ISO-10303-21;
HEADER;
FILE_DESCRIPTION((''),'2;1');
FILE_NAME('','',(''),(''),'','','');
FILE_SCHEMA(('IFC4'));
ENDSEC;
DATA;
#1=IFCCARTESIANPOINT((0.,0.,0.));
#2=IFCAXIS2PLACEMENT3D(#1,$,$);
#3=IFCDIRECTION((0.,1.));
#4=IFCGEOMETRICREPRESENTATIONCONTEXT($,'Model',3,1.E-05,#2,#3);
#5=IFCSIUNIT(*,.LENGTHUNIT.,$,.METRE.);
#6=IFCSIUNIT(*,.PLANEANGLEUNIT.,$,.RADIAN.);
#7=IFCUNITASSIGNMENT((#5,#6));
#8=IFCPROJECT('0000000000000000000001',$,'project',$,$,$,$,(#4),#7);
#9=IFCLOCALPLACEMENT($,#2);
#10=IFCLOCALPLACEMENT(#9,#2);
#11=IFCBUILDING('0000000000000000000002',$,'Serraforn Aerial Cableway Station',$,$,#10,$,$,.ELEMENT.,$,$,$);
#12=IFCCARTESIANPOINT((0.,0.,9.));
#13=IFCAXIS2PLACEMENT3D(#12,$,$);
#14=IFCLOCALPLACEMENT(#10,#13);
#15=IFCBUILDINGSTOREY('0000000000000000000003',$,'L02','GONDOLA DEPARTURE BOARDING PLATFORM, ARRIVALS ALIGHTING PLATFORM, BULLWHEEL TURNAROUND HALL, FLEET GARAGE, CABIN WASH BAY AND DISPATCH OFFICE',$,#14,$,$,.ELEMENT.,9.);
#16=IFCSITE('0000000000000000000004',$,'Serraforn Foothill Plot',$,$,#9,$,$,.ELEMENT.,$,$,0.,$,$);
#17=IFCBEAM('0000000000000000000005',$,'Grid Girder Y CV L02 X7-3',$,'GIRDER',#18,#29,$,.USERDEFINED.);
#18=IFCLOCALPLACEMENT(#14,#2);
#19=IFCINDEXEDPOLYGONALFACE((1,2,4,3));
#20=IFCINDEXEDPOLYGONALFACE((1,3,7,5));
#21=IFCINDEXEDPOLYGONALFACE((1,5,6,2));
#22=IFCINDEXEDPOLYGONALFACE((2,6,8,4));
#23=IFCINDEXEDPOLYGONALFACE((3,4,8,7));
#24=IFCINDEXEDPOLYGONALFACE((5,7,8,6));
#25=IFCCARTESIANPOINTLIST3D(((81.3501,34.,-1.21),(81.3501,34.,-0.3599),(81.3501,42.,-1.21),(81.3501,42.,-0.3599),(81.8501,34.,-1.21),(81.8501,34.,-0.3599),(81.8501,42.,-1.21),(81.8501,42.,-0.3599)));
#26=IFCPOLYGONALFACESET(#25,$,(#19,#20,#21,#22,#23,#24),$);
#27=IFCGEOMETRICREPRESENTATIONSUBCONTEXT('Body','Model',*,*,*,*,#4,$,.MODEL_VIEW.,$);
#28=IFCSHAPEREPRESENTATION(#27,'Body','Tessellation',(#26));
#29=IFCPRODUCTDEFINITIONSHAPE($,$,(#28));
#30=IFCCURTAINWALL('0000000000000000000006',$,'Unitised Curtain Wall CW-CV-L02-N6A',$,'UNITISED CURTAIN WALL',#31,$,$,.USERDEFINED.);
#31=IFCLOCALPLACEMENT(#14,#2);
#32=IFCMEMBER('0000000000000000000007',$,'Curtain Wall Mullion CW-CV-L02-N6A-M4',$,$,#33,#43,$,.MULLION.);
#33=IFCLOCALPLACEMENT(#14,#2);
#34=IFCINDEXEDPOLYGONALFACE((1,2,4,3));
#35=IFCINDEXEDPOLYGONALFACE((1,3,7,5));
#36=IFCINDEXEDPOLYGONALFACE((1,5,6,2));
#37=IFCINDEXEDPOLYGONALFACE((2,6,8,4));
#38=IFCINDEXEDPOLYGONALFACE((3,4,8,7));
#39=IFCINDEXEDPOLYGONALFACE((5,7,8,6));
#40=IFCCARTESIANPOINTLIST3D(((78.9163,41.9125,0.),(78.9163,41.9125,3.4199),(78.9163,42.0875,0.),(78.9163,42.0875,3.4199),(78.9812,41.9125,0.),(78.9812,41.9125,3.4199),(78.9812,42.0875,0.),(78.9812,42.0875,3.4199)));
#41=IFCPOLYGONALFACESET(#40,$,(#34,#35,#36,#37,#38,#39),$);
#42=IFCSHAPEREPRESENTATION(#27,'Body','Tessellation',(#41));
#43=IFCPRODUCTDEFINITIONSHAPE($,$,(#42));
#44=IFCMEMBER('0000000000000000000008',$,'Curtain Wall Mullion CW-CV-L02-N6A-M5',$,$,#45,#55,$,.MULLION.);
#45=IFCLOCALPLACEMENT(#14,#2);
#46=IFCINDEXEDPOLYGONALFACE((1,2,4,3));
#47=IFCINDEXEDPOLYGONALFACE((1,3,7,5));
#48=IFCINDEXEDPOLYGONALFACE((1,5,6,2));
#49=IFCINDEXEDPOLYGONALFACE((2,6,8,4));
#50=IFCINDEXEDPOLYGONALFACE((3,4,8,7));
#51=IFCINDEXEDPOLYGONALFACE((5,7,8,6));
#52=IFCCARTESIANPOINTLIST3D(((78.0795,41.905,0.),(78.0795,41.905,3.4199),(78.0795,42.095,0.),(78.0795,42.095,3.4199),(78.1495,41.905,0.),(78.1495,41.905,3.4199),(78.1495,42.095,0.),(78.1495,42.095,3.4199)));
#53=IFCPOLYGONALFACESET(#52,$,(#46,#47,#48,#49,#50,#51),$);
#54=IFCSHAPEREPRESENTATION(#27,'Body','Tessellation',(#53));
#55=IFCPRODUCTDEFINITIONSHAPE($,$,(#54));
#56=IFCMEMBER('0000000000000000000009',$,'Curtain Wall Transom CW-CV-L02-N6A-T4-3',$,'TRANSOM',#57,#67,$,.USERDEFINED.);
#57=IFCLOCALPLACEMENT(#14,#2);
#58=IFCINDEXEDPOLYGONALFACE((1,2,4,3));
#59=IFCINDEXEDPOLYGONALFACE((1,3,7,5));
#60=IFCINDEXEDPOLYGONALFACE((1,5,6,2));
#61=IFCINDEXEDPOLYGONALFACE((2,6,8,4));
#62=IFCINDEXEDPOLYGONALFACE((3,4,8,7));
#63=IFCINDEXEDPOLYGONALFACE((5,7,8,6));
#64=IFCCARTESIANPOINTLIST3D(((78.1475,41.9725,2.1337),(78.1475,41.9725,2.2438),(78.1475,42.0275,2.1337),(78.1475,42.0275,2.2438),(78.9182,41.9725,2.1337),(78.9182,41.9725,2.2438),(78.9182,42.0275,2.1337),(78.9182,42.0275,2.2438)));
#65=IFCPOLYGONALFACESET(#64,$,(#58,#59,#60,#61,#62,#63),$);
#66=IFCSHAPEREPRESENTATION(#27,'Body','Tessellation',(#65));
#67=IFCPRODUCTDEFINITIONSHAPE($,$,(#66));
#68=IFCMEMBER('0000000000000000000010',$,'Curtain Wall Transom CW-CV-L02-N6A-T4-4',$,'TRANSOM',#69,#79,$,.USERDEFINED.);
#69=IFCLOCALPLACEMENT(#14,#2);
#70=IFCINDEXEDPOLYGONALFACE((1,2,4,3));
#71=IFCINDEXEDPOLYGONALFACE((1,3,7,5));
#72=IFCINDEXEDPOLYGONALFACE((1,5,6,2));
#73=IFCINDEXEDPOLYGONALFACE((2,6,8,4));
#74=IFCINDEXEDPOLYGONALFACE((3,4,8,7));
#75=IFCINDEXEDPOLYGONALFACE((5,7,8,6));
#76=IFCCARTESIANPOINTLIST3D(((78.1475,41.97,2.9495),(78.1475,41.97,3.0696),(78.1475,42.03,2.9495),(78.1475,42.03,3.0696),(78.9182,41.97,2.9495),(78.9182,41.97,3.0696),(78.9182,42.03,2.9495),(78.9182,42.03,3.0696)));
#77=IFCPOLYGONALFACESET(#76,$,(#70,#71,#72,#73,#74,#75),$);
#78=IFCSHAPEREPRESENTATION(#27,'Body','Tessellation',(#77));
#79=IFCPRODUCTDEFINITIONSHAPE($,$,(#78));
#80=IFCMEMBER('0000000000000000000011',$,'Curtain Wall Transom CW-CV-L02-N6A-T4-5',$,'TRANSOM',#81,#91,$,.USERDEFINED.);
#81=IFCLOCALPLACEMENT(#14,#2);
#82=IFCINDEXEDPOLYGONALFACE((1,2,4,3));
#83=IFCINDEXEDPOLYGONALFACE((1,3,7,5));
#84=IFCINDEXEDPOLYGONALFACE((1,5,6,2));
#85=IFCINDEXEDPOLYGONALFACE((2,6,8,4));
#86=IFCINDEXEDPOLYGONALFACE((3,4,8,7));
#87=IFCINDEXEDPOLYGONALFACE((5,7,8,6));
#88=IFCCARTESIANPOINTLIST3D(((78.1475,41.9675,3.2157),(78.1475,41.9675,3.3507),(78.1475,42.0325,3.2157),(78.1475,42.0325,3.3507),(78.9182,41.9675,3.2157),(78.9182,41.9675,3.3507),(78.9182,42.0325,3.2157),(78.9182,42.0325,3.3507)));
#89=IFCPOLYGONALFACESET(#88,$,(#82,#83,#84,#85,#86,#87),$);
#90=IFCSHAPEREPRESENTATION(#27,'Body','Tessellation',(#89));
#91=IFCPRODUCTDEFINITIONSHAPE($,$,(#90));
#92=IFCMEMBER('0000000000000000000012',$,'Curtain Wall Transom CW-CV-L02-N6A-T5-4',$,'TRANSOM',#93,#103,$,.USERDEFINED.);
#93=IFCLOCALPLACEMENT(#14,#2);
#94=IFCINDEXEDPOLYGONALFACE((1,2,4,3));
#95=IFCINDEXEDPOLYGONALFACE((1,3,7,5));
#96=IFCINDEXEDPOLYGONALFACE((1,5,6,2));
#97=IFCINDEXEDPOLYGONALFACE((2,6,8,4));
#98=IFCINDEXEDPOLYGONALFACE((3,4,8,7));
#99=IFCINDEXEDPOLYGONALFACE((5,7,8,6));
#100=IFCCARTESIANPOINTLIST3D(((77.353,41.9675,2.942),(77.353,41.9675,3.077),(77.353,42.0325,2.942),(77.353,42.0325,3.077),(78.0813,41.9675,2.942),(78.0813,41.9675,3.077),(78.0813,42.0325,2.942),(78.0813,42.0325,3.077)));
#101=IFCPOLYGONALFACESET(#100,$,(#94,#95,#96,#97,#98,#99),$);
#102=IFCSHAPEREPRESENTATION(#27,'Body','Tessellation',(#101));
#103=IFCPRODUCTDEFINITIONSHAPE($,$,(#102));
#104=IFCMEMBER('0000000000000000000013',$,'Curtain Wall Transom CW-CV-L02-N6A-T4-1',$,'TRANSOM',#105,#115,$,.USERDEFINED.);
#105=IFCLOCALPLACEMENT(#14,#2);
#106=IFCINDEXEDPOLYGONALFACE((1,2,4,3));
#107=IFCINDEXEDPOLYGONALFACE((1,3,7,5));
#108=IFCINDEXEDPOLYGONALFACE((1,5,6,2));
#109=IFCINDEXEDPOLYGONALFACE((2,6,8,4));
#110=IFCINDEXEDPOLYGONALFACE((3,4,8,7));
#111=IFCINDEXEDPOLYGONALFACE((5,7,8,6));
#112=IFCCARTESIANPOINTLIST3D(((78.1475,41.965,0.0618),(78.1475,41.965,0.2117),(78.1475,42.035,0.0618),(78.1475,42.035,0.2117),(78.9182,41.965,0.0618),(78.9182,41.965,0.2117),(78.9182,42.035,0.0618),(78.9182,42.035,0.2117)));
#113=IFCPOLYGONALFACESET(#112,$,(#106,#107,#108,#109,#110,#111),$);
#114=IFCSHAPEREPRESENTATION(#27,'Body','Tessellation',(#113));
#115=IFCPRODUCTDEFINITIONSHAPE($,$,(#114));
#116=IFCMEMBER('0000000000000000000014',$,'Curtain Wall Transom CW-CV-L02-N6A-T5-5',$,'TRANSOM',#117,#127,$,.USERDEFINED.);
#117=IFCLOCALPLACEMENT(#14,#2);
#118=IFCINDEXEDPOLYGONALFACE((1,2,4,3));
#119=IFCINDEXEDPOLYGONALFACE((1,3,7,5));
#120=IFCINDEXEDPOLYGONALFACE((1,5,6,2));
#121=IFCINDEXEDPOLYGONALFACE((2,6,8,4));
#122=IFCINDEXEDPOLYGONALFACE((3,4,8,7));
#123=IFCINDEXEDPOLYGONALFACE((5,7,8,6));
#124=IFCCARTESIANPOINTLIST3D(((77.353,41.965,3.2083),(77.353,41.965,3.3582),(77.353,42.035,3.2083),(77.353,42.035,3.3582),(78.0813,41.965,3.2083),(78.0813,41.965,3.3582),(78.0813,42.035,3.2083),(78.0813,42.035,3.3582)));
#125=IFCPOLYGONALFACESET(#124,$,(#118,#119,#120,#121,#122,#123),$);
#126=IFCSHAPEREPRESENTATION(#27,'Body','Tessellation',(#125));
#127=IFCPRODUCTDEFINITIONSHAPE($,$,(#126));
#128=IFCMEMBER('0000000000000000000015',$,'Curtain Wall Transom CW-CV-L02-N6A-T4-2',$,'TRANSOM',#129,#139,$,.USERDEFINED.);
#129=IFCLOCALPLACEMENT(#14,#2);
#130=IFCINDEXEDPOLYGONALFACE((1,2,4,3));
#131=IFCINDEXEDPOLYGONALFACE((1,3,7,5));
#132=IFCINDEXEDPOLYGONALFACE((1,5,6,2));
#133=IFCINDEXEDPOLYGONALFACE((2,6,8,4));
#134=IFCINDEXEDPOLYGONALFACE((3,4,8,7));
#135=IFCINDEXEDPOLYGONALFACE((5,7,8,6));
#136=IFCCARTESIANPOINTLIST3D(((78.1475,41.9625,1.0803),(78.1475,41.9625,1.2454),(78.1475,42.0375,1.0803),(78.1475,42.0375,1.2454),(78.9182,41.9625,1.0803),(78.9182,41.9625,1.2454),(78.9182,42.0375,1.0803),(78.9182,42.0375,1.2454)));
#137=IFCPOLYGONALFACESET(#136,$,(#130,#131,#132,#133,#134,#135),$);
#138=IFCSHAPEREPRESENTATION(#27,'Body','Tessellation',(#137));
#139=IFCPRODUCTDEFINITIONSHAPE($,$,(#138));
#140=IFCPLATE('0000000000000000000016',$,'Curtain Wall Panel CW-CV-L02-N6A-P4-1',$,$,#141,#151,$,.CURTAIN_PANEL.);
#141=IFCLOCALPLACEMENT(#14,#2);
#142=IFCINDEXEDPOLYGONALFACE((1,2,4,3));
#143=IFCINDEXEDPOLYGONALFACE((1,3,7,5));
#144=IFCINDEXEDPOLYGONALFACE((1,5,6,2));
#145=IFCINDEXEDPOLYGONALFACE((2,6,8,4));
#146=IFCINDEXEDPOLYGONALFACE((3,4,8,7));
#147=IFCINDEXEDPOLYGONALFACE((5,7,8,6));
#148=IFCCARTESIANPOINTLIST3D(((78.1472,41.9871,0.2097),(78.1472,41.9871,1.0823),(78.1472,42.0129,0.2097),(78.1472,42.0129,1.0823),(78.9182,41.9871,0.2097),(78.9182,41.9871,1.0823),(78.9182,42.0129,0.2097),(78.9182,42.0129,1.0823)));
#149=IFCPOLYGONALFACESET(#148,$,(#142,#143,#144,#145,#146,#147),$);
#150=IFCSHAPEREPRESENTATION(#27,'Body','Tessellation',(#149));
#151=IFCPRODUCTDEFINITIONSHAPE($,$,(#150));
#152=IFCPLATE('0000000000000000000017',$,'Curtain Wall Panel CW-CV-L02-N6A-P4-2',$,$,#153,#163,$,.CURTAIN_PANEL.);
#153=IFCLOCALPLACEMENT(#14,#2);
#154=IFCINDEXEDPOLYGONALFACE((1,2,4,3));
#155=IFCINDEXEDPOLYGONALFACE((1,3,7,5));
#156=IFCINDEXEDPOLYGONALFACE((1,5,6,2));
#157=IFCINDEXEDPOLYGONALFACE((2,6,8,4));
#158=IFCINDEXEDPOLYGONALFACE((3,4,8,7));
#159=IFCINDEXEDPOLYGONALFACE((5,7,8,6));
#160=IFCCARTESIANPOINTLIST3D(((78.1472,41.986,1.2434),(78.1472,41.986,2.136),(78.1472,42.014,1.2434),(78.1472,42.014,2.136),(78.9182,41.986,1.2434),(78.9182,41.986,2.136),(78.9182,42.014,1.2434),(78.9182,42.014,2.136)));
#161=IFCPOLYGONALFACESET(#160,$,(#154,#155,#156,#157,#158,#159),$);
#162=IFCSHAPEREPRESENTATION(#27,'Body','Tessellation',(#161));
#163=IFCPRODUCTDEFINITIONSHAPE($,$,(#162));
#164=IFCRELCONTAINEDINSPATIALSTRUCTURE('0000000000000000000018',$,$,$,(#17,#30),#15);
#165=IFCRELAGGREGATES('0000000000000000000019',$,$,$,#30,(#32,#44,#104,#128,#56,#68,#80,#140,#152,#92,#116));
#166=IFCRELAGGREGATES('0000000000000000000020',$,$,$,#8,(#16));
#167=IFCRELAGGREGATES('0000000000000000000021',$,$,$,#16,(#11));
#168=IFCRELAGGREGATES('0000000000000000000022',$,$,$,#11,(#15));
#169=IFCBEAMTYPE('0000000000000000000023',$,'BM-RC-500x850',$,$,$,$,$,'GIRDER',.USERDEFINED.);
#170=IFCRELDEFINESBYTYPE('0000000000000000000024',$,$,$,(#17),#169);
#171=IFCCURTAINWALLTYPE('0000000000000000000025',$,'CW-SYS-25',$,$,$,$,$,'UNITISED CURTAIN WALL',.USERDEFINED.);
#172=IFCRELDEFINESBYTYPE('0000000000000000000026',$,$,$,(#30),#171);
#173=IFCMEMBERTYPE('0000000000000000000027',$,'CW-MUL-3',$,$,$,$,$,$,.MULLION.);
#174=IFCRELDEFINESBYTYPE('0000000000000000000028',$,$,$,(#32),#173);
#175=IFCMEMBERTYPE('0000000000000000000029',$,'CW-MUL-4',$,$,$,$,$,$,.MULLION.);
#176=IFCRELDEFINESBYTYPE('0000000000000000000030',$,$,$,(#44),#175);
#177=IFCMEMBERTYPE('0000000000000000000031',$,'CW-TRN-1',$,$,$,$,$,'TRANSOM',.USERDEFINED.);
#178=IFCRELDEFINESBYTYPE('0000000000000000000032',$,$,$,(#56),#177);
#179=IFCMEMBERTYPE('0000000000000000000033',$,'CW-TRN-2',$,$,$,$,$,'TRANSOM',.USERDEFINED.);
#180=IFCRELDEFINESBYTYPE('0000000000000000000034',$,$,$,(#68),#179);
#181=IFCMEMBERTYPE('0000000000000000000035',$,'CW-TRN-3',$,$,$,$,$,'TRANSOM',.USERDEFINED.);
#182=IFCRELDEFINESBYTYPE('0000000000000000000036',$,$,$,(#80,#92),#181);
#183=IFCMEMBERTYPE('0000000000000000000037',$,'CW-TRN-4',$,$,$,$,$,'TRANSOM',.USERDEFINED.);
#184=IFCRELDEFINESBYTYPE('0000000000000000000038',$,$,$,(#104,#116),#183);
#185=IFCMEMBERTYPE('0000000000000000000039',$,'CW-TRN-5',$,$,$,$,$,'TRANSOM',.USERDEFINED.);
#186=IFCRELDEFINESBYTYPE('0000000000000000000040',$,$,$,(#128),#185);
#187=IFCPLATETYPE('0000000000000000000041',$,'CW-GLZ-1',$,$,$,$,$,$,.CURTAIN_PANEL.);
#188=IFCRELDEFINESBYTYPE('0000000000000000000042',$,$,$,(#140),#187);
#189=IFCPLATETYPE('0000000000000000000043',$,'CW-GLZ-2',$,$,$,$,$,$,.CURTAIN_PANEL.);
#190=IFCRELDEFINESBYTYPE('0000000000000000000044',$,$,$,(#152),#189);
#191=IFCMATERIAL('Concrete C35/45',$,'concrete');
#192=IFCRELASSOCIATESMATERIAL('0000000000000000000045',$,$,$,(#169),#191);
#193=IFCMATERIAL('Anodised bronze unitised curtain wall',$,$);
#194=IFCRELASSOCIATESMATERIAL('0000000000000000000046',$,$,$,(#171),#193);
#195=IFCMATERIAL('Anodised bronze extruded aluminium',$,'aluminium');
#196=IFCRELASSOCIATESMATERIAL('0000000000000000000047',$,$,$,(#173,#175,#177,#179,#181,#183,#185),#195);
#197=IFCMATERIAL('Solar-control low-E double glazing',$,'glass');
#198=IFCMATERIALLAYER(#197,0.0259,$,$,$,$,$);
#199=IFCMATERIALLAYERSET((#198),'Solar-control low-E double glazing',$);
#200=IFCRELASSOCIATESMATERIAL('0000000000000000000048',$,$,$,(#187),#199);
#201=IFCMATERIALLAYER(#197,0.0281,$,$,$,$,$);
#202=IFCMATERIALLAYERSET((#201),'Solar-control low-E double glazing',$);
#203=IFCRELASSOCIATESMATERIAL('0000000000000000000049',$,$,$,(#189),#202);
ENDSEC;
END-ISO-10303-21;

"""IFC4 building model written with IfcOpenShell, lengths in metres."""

from ifc_helpers import new_model, si_unit, direction, frame, origin, origin_2d, place, context, subcontext, project, spatial, rectangle, extrude, material, layer, layer_set, material_profile, profile_set, type_object, element, aggregate, save


model = new_model("IFC4")

# Units and contexts
model_context = context("Model", 3, precision=1e-05, world=origin(), true_north=direction((0.0, 1.0)))
body_context = subcontext(model_context, "Body", "Model", "MODEL_VIEW")
ifc_project = project(units=[si_unit("LENGTHUNIT", "METRE"), si_unit("PLANEANGLEUNIT", "RADIAN")], contexts=[model_context])

# Site, building, storey
site_placement = place(None, origin())
site = spatial("IfcSite", under=ifc_project, at=site_placement, Name="Serraforn Foothill Plot", CompositionType="ELEMENT", RefElevation=0.0)
building_placement = place(site_placement, origin())
building = spatial("IfcBuilding", under=site, at=building_placement, Name="Serraforn Aerial Cableway Station", CompositionType="ELEMENT")
storey_placement = place(building_placement, frame((0.0, 0.0, 9.0)))
storey = spatial("IfcBuildingStorey", under=building, at=storey_placement, Name="L02", Description="GONDOLA DEPARTURE BOARDING PLATFORM, ARRIVALS ALIGHTING PLATFORM, BULLWHEEL TURNAROUND HALL, FLEET GARAGE, CABIN WASH BAY AND DISPATCH OFFICE", CompositionType="ELEMENT", Elevation=9.0)

# Beam
ifc_material_1 = material(Name="Concrete C35/45", Category="concrete")
ifc_material_profile_1 = material_profile(ifc_material_1, rectangle(XDim=0.5, YDim=0.8501, at=origin_2d()), Name="RC 500x850")
ifc_profile_set_1 = profile_set([ifc_material_profile_1], Name="Concrete C35/45")
beam_type = type_object("IfcBeamType", Name="BM-RC-500x850", ElementType="GIRDER", PredefinedType="USERDEFINED", material=ifc_profile_set_1)
beam_placement = place(storey_placement, frame((81.6001, 34.0, -0.7849), z_axis=(0.0, 1.0, 0.0), x_axis=(-1.0, 0.0, 0.0)))
element("IfcBeam", 1, at=beam_placement, inside=storey, type_object=beam_type, Name="Grid Girder Y CV L02 X7-3", ObjectType="GIRDER", PredefinedType="USERDEFINED", context=body_context, shape_type="SweptSolid", body=[
    extrude(rectangle(XDim=0.5, YDim=0.8501, at=origin_2d()), origin(), (0.0, 0.0, 1.0), 8.0),
])

# Curtain wall, members, plates
ifc_material_2 = material(Name="Anodised bronze unitised curtain wall")
curtain_wall_type = type_object("IfcCurtainWallType", Name="CW-SYS-25", ElementType="UNITISED CURTAIN WALL", PredefinedType="USERDEFINED", material=ifc_material_2)
curtain_wall_placement = place(storey_placement, origin())
curtain_wall = element("IfcCurtainWall", 2, at=curtain_wall_placement, inside=storey, type_object=curtain_wall_type, Name="Unitised Curtain Wall CW-CV-L02-N6A", ObjectType="UNITISED CURTAIN WALL", PredefinedType="USERDEFINED")
ifc_material_3 = material(Name="Anodised bronze extruded aluminium", Category="aluminium")
ifc_material_profile_2 = material_profile(ifc_material_3, rectangle(XDim=0.0649, YDim=0.175, at=origin_2d()), Name="CW MULLION 65x175")
ifc_profile_set_2 = profile_set([ifc_material_profile_2], Name="Anodised bronze extruded aluminium")
member_type_1 = type_object("IfcMemberType", Name="CW-MUL-3", PredefinedType="MULLION", material=ifc_profile_set_2)
member_1_placement = place(storey_placement, frame((78.9487, 42.0, 0.0), z_axis=(0.0, 0.0, 1.0), x_axis=(-1.0, 0.0, 0.0)))
member_1 = element("IfcMember", 3, at=member_1_placement, type_object=member_type_1, Name="Curtain Wall Mullion CW-CV-L02-N6A-M4", PredefinedType="MULLION", context=body_context, shape_type="SweptSolid", body=[
    extrude(rectangle(XDim=0.0649, YDim=0.175, at=origin_2d()), origin(), (0.0, 0.0, 1.0), 3.4199),
])
ifc_material_profile_3 = material_profile(ifc_material_3, rectangle(XDim=0.0701, YDim=0.1899, at=origin_2d()), Name="CW MULLION 70x190")
ifc_profile_set_3 = profile_set([ifc_material_profile_3], Name="Anodised bronze extruded aluminium")
member_type_2 = type_object("IfcMemberType", Name="CW-MUL-4", PredefinedType="MULLION", material=ifc_profile_set_3)
member_2_placement = place(storey_placement, frame((78.1145, 42.0, 0.0), z_axis=(0.0, 0.0, 1.0), x_axis=(-1.0, 0.0, 0.0)))
member_2 = element("IfcMember", 4, at=member_2_placement, type_object=member_type_2, Name="Curtain Wall Mullion CW-CV-L02-N6A-M5", PredefinedType="MULLION", context=body_context, shape_type="SweptSolid", body=[
    extrude(rectangle(XDim=0.0701, YDim=0.1899, at=origin_2d()), origin(), (0.0, 0.0, 1.0), 3.4199),
])
ifc_material_profile_4 = material_profile(ifc_material_3, rectangle(XDim=0.0549, YDim=0.1101, at=origin_2d()), Name="CW TRANSOM 55x110")
ifc_profile_set_4 = profile_set([ifc_material_profile_4], Name="Anodised bronze extruded aluminium")
member_type_3 = type_object("IfcMemberType", Name="CW-TRN-1", ElementType="TRANSOM", PredefinedType="USERDEFINED", material=ifc_profile_set_4)
member_3_placement = place(storey_placement, frame((78.9182, 42.0, 2.1887), z_axis=(-1.0, 0.0, 0.0), x_axis=(0.0, -1.0, 0.0)))
member_3 = element("IfcMember", 5, at=member_3_placement, type_object=member_type_3, Name="Curtain Wall Transom CW-CV-L02-N6A-T4-3", ObjectType="TRANSOM", PredefinedType="USERDEFINED", context=body_context, shape_type="SweptSolid", body=[
    extrude(rectangle(XDim=0.0549, YDim=0.1101, at=origin_2d()), origin(), (0.0, 0.0, 1.0), 0.7708),
])
ifc_material_profile_5 = material_profile(ifc_material_3, rectangle(XDim=0.0601, YDim=0.1201, at=origin_2d()), Name="CW TRANSOM 60x120")
ifc_profile_set_5 = profile_set([ifc_material_profile_5], Name="Anodised bronze extruded aluminium")
member_type_4 = type_object("IfcMemberType", Name="CW-TRN-2", ElementType="TRANSOM", PredefinedType="USERDEFINED", material=ifc_profile_set_5)
member_4_placement = place(storey_placement, frame((78.9182, 42.0, 3.0095), z_axis=(-1.0, 0.0, 0.0), x_axis=(0.0, -1.0, 0.0)))
member_4 = element("IfcMember", 6, at=member_4_placement, type_object=member_type_4, Name="Curtain Wall Transom CW-CV-L02-N6A-T4-4", ObjectType="TRANSOM", PredefinedType="USERDEFINED", context=body_context, shape_type="SweptSolid", body=[
    extrude(rectangle(XDim=0.0601, YDim=0.1201, at=origin_2d()), origin(), (0.0, 0.0, 1.0), 0.7708),
])
ifc_material_profile_6 = material_profile(ifc_material_3, rectangle(XDim=0.0649, YDim=0.135, at=origin_2d()), Name="CW TRANSOM 65x135")
ifc_profile_set_6 = profile_set([ifc_material_profile_6], Name="Anodised bronze extruded aluminium")
member_type_5 = type_object("IfcMemberType", Name="CW-TRN-3", ElementType="TRANSOM", PredefinedType="USERDEFINED", material=ifc_profile_set_6)
member_5_placement = place(storey_placement, frame((78.9182, 42.0, 3.2832), z_axis=(-1.0, 0.0, 0.0), x_axis=(0.0, -1.0, 0.0)))
member_5 = element("IfcMember", 7, at=member_5_placement, type_object=member_type_5, Name="Curtain Wall Transom CW-CV-L02-N6A-T4-5", ObjectType="TRANSOM", PredefinedType="USERDEFINED", context=body_context, shape_type="SweptSolid", body=[
    extrude(rectangle(XDim=0.0649, YDim=0.135, at=origin_2d()), origin(), (0.0, 0.0, 1.0), 0.7708),
])
member_6_placement = place(storey_placement, frame((78.0813, 42.0, 3.0095), z_axis=(-1.0, 0.0, 0.0), x_axis=(0.0, -1.0, 0.0)))
member_6 = element("IfcMember", 8, at=member_6_placement, type_object=member_type_5, Name="Curtain Wall Transom CW-CV-L02-N6A-T5-4", ObjectType="TRANSOM", PredefinedType="USERDEFINED", context=body_context, shape_type="SweptSolid", body=[
    extrude(rectangle(XDim=0.0649, YDim=0.135, at=origin_2d()), origin(), (0.0, 0.0, 1.0), 0.7283),
])
ifc_material_profile_7 = material_profile(ifc_material_3, rectangle(XDim=0.0701, YDim=0.1499, at=origin_2d()), Name="CW TRANSOM 70x150")
ifc_profile_set_7 = profile_set([ifc_material_profile_7], Name="Anodised bronze extruded aluminium")
member_type_6 = type_object("IfcMemberType", Name="CW-TRN-4", ElementType="TRANSOM", PredefinedType="USERDEFINED", material=ifc_profile_set_7)
member_7_placement = place(storey_placement, frame((78.9182, 42.0, 0.1367), z_axis=(-1.0, 0.0, 0.0), x_axis=(0.0, -1.0, 0.0)))
member_7 = element("IfcMember", 9, at=member_7_placement, type_object=member_type_6, Name="Curtain Wall Transom CW-CV-L02-N6A-T4-1", ObjectType="TRANSOM", PredefinedType="USERDEFINED", context=body_context, shape_type="SweptSolid", body=[
    extrude(rectangle(XDim=0.0701, YDim=0.1499, at=origin_2d()), origin(), (0.0, 0.0, 1.0), 0.7708),
])
member_8_placement = place(storey_placement, frame((78.0813, 42.0, 3.2832), z_axis=(-1.0, 0.0, 0.0), x_axis=(0.0, -1.0, 0.0)))
member_8 = element("IfcMember", 10, at=member_8_placement, type_object=member_type_6, Name="Curtain Wall Transom CW-CV-L02-N6A-T5-5", ObjectType="TRANSOM", PredefinedType="USERDEFINED", context=body_context, shape_type="SweptSolid", body=[
    extrude(rectangle(XDim=0.0701, YDim=0.1499, at=origin_2d()), origin(), (0.0, 0.0, 1.0), 0.7283),
])
ifc_material_profile_8 = material_profile(ifc_material_3, rectangle(XDim=0.075, YDim=0.165, at=origin_2d()), Name="CW TRANSOM 75x165")
ifc_profile_set_8 = profile_set([ifc_material_profile_8], Name="Anodised bronze extruded aluminium")
member_type_7 = type_object("IfcMemberType", Name="CW-TRN-5", ElementType="TRANSOM", PredefinedType="USERDEFINED", material=ifc_profile_set_8)
member_9_placement = place(storey_placement, frame((78.9182, 42.0, 1.1628), z_axis=(-1.0, 0.0, 0.0), x_axis=(0.0, -1.0, 0.0)))
member_9 = element("IfcMember", 11, at=member_9_placement, type_object=member_type_7, Name="Curtain Wall Transom CW-CV-L02-N6A-T4-2", ObjectType="TRANSOM", PredefinedType="USERDEFINED", context=body_context, shape_type="SweptSolid", body=[
    extrude(rectangle(XDim=0.075, YDim=0.165, at=origin_2d()), origin(), (0.0, 0.0, 1.0), 0.7708),
])
ifc_material_4 = material(Name="Solar-control low-E double glazing", Category="glass")
ifc_layer_1 = layer(ifc_material_4, 0.0259)
ifc_layer_set_1 = layer_set([ifc_layer_1], Name="Solar-control low-E double glazing")
plate_type_1 = type_object("IfcPlateType", Name="CW-GLZ-1", PredefinedType="CURTAIN_PANEL", material=ifc_layer_set_1)
plate_1_placement = place(storey_placement, frame((78.5327, 42.0, 0.2097), z_axis=(0.0, 0.0, 1.0), x_axis=(1.0, 0.0, 0.0)))
plate_1 = element("IfcPlate", 12, at=plate_1_placement, type_object=plate_type_1, Name="Curtain Wall Panel CW-CV-L02-N6A-P4-1", PredefinedType="CURTAIN_PANEL", context=body_context, shape_type="SweptSolid", body=[
    extrude(rectangle(XDim=0.771, YDim=0.0259, at=origin_2d()), origin(), (0.0, 0.0, 1.0), 0.8726),
])
ifc_layer_2 = layer(ifc_material_4, 0.0281)
ifc_layer_set_2 = layer_set([ifc_layer_2], Name="Solar-control low-E double glazing")
plate_type_2 = type_object("IfcPlateType", Name="CW-GLZ-2", PredefinedType="CURTAIN_PANEL", material=ifc_layer_set_2)
plate_2_placement = place(storey_placement, frame((78.5327, 42.0, 1.2434), z_axis=(0.0, 0.0, 1.0), x_axis=(1.0, 0.0, 0.0)))
plate_2 = element("IfcPlate", 13, at=plate_2_placement, type_object=plate_type_2, Name="Curtain Wall Panel CW-CV-L02-N6A-P4-2", PredefinedType="CURTAIN_PANEL", context=body_context, shape_type="SweptSolid", body=[
    extrude(rectangle(XDim=0.771, YDim=0.0281, at=origin_2d()), origin(), (0.0, 0.0, 1.0), 0.8926),
])
aggregate(curtain_wall, [member_1, member_2, member_7, member_9, member_3, member_4, member_5, plate_1, plate_2, member_6, member_8])

save(model, "model.ifc")
